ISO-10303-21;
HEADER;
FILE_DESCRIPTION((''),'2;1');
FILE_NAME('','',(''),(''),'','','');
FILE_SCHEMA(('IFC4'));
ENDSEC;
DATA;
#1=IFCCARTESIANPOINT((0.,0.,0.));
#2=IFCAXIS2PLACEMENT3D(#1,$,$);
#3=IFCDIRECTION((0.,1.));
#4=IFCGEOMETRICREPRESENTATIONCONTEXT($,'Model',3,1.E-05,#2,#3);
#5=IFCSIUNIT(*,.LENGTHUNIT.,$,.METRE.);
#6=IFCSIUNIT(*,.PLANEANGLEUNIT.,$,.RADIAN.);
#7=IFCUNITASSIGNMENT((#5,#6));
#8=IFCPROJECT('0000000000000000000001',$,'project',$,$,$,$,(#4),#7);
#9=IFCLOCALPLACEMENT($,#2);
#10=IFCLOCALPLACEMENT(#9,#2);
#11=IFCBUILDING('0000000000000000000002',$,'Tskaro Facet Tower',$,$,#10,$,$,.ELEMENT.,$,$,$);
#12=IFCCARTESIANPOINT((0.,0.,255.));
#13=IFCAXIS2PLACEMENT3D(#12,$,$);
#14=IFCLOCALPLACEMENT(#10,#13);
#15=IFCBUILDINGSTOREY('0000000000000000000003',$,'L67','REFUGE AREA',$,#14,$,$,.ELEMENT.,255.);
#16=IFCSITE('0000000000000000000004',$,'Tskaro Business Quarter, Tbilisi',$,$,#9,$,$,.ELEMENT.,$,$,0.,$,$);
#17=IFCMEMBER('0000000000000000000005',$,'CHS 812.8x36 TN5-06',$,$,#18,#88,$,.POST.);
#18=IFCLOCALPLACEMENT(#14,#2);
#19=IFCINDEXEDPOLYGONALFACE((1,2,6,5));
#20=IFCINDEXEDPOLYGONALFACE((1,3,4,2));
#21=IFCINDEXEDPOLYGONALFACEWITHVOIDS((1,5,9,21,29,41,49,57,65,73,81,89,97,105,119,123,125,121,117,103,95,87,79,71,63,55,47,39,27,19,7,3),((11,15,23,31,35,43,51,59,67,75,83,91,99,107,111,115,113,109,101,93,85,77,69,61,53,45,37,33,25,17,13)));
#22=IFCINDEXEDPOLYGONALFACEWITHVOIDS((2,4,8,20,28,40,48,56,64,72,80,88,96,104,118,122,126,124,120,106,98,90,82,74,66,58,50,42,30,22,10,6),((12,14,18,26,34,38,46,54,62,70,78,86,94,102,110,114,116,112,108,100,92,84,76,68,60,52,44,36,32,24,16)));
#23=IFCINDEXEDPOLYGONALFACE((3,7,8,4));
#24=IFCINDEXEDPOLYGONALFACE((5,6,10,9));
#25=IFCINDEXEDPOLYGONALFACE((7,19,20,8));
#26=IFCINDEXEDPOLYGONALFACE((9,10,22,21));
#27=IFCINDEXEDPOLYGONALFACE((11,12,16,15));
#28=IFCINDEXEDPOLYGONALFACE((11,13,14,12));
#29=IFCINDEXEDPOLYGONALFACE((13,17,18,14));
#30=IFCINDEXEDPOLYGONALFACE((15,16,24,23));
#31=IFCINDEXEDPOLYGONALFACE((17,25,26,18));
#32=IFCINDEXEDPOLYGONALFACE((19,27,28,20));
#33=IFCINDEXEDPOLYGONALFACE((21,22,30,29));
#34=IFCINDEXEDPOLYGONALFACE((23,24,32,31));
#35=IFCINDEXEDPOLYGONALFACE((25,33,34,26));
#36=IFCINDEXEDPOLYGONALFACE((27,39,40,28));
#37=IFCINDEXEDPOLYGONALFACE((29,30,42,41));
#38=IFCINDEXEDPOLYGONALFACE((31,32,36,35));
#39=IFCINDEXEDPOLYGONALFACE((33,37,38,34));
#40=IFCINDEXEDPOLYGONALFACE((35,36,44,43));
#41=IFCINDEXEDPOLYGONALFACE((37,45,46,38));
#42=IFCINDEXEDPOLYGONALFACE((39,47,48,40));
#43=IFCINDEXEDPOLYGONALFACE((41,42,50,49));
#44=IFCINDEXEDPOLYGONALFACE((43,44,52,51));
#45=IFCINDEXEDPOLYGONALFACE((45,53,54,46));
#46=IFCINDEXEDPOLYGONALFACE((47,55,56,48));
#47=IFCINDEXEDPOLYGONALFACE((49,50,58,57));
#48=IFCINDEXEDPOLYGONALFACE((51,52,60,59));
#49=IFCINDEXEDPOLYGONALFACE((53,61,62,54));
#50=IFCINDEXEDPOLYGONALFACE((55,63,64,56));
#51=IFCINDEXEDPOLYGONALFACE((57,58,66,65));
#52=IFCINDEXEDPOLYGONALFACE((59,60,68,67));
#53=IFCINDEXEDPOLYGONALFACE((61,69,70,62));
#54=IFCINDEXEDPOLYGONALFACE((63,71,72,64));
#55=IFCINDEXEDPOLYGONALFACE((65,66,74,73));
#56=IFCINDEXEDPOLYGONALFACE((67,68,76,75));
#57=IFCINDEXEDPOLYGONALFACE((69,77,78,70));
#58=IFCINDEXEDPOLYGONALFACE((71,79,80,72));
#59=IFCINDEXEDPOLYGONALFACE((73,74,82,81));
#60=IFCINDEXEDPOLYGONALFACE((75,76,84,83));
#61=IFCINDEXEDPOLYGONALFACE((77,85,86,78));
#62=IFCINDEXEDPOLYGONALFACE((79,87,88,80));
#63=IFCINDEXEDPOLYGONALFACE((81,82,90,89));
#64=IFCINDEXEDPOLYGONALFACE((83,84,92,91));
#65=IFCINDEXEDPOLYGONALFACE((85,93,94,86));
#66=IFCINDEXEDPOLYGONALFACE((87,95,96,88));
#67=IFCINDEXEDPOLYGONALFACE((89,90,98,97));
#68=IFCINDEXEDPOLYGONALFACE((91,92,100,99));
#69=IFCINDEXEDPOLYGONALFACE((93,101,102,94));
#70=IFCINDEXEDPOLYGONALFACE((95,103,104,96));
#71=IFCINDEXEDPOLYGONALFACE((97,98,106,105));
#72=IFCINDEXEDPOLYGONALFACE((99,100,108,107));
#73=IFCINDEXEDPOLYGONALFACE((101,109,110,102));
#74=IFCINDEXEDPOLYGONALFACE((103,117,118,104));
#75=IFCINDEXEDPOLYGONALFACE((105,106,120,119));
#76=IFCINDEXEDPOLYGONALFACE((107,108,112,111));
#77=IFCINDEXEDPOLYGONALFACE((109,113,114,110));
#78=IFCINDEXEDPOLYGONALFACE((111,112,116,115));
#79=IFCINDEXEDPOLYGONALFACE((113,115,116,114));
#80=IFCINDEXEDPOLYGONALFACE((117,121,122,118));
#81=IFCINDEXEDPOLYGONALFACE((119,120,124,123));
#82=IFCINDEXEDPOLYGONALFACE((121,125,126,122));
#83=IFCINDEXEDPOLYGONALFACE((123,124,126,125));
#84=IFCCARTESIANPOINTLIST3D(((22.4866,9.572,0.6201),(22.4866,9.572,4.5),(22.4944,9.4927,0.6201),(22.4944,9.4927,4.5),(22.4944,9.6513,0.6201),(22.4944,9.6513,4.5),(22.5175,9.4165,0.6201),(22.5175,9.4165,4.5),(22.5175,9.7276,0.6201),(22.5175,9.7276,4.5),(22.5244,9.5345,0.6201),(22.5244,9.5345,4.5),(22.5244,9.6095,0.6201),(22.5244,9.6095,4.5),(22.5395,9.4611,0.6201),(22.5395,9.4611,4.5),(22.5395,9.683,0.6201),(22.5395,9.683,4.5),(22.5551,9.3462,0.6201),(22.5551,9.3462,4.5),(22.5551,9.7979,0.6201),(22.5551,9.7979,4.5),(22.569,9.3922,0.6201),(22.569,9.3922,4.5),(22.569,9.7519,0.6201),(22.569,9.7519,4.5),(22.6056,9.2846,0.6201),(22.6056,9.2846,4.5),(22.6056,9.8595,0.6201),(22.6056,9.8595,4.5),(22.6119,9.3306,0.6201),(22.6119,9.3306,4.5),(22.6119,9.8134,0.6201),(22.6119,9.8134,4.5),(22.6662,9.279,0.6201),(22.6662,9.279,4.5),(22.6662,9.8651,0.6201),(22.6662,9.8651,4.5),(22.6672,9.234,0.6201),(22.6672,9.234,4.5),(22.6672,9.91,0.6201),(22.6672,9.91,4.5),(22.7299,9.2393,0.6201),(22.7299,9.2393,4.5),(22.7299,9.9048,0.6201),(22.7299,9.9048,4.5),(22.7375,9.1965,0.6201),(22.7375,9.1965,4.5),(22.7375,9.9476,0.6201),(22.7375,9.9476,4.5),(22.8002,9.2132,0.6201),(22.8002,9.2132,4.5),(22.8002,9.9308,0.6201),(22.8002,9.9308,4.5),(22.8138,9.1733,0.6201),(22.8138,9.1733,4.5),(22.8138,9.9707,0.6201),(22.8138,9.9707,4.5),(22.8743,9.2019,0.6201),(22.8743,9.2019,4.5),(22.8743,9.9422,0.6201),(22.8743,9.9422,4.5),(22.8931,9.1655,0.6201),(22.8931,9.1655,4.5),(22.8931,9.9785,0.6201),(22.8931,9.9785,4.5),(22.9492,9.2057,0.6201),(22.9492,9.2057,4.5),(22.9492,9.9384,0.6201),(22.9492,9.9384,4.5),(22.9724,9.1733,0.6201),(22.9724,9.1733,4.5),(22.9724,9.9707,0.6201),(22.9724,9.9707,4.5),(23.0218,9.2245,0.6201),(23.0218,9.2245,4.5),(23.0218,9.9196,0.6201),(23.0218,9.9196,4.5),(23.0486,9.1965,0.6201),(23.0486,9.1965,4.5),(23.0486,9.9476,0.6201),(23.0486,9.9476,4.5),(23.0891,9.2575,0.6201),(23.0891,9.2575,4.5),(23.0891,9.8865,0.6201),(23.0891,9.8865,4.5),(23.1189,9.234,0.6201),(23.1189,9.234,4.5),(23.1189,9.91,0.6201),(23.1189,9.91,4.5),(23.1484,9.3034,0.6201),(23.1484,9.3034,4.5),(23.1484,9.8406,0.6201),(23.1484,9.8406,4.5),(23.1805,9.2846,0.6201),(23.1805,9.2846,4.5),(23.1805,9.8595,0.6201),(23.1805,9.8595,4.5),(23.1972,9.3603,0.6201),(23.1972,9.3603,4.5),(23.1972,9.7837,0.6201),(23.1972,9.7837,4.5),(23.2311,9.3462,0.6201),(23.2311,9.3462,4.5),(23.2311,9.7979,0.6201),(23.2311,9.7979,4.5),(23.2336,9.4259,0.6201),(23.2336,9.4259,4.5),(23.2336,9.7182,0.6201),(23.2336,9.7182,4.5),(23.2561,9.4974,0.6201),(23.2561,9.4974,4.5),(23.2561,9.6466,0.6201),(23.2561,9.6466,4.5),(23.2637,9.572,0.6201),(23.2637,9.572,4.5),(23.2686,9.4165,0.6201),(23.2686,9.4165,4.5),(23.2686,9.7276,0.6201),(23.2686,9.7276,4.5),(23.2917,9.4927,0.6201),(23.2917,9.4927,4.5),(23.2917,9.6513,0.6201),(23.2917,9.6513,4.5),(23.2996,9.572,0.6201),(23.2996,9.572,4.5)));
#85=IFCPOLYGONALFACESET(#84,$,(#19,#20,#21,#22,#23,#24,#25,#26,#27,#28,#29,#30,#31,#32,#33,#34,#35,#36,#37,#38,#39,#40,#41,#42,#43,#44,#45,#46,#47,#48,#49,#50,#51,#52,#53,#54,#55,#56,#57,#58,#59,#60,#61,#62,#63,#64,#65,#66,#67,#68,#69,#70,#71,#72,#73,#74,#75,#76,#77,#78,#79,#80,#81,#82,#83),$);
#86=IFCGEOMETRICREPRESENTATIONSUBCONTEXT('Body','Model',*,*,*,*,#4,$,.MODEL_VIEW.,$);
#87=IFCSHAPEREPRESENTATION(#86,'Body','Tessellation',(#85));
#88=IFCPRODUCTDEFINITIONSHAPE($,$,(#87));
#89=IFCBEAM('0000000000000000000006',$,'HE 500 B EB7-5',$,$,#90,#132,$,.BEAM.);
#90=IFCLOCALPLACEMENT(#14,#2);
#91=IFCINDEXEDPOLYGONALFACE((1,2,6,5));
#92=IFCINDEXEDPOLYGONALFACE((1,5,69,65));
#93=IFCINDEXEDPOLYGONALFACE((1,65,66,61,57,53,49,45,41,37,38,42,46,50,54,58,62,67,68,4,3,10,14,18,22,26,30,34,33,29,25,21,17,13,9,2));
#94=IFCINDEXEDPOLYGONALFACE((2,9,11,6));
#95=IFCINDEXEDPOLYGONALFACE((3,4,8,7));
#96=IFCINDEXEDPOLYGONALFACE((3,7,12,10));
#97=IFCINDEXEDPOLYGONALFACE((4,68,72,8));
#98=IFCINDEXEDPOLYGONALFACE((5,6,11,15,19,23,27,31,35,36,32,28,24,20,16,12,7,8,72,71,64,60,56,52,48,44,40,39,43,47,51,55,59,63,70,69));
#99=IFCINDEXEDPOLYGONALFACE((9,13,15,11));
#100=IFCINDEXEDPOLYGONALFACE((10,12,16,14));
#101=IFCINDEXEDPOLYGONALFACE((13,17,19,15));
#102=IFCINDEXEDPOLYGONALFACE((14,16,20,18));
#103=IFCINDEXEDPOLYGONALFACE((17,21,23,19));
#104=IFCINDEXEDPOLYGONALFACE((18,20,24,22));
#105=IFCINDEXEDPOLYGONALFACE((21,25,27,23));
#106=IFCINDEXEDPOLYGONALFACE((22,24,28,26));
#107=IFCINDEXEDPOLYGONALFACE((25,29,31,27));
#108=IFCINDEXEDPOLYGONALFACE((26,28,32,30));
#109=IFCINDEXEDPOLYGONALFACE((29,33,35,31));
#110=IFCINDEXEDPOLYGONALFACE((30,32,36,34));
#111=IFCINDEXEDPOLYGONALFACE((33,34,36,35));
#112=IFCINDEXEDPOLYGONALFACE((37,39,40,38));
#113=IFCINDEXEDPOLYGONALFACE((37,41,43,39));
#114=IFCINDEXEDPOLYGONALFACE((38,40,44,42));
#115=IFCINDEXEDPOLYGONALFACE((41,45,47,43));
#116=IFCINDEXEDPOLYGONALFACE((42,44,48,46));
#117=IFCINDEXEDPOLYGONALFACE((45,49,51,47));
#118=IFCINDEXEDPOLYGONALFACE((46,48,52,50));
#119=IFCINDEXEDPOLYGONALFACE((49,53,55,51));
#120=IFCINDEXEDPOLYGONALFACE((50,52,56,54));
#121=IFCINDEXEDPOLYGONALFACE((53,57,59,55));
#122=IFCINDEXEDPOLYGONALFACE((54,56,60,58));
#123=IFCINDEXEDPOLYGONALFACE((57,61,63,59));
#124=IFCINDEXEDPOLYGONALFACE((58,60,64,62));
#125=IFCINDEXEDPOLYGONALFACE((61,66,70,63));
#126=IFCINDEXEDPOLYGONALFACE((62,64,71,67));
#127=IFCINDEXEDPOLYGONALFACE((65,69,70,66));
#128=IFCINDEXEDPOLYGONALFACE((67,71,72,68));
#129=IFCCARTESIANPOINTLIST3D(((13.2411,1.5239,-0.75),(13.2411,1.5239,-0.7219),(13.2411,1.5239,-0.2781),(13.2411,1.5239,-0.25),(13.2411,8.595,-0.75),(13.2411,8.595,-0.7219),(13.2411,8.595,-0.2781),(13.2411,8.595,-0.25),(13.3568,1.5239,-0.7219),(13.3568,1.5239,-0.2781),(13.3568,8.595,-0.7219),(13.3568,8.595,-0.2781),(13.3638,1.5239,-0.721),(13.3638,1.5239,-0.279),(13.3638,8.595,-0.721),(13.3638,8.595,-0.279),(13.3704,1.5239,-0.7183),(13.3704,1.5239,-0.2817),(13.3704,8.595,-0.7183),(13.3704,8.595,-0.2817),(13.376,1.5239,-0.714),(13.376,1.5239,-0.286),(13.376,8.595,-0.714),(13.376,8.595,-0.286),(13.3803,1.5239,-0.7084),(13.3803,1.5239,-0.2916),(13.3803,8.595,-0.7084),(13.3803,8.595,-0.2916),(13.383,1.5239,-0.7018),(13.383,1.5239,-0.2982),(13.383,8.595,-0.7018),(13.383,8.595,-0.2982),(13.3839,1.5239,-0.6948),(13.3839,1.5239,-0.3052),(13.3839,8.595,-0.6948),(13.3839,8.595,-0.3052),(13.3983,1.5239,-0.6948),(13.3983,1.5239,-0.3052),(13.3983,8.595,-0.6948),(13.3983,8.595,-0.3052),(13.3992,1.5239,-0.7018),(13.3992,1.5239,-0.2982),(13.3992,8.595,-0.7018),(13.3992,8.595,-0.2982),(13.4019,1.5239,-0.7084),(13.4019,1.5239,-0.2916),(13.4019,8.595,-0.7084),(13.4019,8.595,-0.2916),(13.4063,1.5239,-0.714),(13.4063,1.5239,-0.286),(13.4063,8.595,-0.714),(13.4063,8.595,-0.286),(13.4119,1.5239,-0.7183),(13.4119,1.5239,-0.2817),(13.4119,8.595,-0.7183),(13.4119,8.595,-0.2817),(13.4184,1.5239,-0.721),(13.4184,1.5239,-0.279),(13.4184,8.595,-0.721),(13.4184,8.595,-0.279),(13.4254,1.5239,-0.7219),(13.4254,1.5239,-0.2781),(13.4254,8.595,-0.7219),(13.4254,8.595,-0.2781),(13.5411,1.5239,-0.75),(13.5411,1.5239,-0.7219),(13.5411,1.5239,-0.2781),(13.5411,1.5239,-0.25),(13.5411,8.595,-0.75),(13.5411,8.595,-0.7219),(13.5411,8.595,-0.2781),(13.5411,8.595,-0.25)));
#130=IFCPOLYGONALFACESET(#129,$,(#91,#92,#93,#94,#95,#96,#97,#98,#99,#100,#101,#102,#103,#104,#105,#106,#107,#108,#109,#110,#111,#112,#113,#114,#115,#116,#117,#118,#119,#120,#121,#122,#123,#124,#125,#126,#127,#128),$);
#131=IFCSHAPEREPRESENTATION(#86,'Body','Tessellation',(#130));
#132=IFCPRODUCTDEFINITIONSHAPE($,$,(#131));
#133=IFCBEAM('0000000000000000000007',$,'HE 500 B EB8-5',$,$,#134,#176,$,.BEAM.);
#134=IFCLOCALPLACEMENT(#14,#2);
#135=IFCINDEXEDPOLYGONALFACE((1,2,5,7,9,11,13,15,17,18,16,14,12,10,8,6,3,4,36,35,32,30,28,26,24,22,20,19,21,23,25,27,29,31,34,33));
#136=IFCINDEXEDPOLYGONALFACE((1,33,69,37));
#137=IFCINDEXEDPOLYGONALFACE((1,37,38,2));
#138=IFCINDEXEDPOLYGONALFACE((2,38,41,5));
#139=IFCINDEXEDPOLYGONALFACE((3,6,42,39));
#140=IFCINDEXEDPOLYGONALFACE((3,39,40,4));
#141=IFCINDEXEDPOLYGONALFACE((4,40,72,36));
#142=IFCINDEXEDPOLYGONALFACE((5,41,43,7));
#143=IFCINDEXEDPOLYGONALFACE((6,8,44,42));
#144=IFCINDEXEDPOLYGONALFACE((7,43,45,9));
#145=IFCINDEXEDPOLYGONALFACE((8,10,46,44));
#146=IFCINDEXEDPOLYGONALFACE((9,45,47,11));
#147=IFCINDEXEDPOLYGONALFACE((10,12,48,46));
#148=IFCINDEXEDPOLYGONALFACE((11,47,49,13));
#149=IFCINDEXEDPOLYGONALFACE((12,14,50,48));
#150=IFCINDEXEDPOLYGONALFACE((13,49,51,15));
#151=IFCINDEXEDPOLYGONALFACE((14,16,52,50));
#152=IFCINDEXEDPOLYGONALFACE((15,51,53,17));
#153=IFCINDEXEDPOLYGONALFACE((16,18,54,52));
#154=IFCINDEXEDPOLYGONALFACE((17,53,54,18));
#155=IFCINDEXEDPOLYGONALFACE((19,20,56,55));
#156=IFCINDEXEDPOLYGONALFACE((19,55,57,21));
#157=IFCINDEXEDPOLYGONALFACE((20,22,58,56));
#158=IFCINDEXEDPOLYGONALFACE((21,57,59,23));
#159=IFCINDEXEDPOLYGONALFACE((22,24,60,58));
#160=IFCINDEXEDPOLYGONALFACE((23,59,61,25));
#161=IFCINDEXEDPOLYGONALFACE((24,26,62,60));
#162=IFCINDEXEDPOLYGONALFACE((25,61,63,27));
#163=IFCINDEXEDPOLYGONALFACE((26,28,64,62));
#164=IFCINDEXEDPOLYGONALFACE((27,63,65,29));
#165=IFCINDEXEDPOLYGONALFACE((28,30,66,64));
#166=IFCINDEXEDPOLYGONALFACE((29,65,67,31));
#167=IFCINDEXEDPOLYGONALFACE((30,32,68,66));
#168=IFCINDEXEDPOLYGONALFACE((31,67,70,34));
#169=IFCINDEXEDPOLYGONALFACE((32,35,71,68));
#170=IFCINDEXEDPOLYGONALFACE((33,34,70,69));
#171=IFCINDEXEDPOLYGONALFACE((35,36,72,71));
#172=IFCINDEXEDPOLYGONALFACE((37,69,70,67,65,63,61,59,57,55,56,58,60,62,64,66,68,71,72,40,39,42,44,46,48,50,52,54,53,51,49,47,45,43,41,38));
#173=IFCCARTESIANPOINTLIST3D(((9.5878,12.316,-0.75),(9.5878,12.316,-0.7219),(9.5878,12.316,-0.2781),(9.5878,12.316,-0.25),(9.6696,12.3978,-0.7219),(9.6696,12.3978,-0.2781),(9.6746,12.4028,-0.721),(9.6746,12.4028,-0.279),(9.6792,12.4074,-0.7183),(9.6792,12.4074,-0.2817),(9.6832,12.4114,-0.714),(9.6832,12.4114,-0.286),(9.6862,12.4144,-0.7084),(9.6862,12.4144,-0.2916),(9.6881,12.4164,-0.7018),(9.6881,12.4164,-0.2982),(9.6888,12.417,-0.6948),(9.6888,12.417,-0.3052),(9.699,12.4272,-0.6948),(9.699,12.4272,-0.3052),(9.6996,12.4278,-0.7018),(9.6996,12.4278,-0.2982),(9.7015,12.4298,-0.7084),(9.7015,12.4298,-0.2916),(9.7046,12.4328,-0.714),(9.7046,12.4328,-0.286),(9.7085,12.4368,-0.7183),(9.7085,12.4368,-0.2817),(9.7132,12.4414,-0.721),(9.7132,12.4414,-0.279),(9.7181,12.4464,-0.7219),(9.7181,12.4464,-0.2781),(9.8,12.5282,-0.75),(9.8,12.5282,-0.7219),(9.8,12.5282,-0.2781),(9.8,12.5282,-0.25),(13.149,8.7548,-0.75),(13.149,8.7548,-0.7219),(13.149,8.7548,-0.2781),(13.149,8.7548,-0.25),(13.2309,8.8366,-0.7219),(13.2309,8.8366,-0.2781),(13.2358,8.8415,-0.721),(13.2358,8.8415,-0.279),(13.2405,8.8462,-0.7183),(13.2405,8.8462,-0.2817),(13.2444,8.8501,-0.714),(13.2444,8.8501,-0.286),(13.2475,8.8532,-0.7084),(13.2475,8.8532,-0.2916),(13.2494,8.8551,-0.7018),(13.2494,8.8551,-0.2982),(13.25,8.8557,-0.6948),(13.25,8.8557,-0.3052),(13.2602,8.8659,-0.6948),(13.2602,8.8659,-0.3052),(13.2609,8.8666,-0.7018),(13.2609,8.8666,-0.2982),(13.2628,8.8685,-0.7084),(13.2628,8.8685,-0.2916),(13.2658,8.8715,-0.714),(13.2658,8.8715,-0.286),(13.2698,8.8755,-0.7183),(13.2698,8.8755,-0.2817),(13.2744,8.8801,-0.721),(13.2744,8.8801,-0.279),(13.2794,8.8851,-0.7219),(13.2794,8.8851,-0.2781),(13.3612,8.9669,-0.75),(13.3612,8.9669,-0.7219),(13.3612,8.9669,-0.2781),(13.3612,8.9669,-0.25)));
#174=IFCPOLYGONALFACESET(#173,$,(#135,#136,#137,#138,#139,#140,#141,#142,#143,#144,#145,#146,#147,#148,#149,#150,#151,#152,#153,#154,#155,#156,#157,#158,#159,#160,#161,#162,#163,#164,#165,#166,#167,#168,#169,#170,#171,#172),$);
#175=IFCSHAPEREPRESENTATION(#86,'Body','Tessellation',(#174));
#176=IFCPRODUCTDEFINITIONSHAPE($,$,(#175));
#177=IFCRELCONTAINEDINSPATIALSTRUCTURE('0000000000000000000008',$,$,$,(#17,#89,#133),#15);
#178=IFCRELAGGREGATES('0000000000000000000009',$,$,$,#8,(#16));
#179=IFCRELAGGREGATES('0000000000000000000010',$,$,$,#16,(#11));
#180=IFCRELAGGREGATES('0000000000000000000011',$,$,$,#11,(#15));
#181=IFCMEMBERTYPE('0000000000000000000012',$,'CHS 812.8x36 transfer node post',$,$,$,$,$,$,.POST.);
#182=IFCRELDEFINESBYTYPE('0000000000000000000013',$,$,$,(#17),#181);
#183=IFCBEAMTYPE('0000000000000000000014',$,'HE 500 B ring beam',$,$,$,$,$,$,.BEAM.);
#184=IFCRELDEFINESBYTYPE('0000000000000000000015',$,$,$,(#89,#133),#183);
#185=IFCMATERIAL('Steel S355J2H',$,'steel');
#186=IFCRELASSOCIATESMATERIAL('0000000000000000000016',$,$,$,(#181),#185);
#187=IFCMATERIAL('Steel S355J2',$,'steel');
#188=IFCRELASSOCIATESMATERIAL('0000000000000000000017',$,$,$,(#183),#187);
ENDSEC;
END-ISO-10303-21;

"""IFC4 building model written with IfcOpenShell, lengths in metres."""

from ifc_helpers import new_model, si_unit, direction, frame, origin, origin_2d, place, context, subcontext, project, spatial, hollow_circle, i_section, extrude, material, material_profile, profile_set, type_object, element, save


model = new_model("IFC4")

# Units and contexts
model_context = context("Model", 3, precision=1e-05, world=origin(), true_north=direction((0.0, 1.0)))
body_context = subcontext(model_context, "Body", "Model", "MODEL_VIEW")
ifc_project = project(units=[si_unit("LENGTHUNIT", "METRE"), si_unit("PLANEANGLEUNIT", "RADIAN")], contexts=[model_context])

# Site, building, storey
site_placement = place(None, origin())
site = spatial("IfcSite", under=ifc_project, at=site_placement, Name="Tskaro Business Quarter, Tbilisi", CompositionType="ELEMENT", RefElevation=0.0)
building_placement = place(site_placement, origin())
building = spatial("IfcBuilding", under=site, at=building_placement, Name="Tskaro Facet Tower", CompositionType="ELEMENT")
storey_placement = place(building_placement, frame((0.0, 0.0, 255.0)))
storey = spatial("IfcBuildingStorey", under=building, at=storey_placement, Name="L67", Description="REFUGE AREA", CompositionType="ELEMENT", Elevation=255.0)

# Shared definitions
ifc_material_1 = material(Name="Steel S355J2H", Category="steel")

# Shared definitions
ifc_material_2 = material(Name="Steel S355J2", Category="steel")

# Member
ifc_material_profile_1 = material_profile(ifc_material_1, hollow_circle(Radius=0.4065, WallThickness=0.0359, at=origin_2d()), Name="CHS 812.8x36")
ifc_profile_set_1 = profile_set([ifc_material_profile_1], Name="Steel S355J2H")
member_type_1 = type_object("IfcMemberType", Name="CHS 812.8x36 transfer node post", PredefinedType="POST", material=ifc_profile_set_1)
member_1_placement = place(storey_placement, frame((22.8931, 9.572, 0.6201), z_axis=(0.0, 0.0, 1.0), x_axis=(1.0, 0.0, 0.0)))
element("IfcMember", 1, at=member_1_placement, inside=storey, type_object=member_type_1, Name="CHS 812.8x36 TN5-06", PredefinedType="POST", context=body_context, shape_type="SweptSolid", body=[
    extrude(hollow_circle(Radius=0.4065, WallThickness=0.0359, at=origin_2d()), origin(), (0.0, 0.0, 1.0), 3.8799),
])

# Beams
ifc_material_profile_2 = material_profile(ifc_material_2, i_section(OverallWidth=0.3, OverallDepth=0.5, WebThickness=0.0144, FlangeThickness=0.0281, FilletRadius=0.0271, at=origin_2d()), Name="HE 500 B")
ifc_profile_set_2 = profile_set([ifc_material_profile_2], Name="Steel S355J2")
beam_type_1 = type_object("IfcBeamType", Name="HE 500 B ring beam", PredefinedType="BEAM", material=ifc_profile_set_2)
beam_1_placement = place(storey_placement, frame((13.3911, 1.5239, -0.5), z_axis=(0.0, 1.0, 0.0), x_axis=(-1.0, 0.0, 0.0)))
element("IfcBeam", 2, at=beam_1_placement, inside=storey, type_object=beam_type_1, Name="HE 500 B EB7-5", PredefinedType="BEAM", context=body_context, shape_type="SweptSolid", body=[
    extrude(i_section(OverallWidth=0.3, OverallDepth=0.5, WebThickness=0.0144, FlangeThickness=0.0281, FilletRadius=0.0271, at=origin_2d()), origin(), (0.0, 0.0, 1.0), 7.071),
])
beam_2_placement = place(storey_placement, frame((13.2551, 8.8608, -0.5), z_axis=(-0.707107, 0.707107, 0.0), x_axis=(-0.707107, -0.707107, 0.0)))
element("IfcBeam", 3, at=beam_2_placement, inside=storey, type_object=beam_type_1, Name="HE 500 B EB8-5", PredefinedType="BEAM", context=body_context, shape_type="SweptSolid", body=[
    extrude(i_section(OverallWidth=0.3, OverallDepth=0.5, WebThickness=0.0144, FlangeThickness=0.0281, FilletRadius=0.0271, at=origin_2d()), origin(), (0.0, 0.0, 1.0), 5.0364),
])

save(model, "model.ifc")
